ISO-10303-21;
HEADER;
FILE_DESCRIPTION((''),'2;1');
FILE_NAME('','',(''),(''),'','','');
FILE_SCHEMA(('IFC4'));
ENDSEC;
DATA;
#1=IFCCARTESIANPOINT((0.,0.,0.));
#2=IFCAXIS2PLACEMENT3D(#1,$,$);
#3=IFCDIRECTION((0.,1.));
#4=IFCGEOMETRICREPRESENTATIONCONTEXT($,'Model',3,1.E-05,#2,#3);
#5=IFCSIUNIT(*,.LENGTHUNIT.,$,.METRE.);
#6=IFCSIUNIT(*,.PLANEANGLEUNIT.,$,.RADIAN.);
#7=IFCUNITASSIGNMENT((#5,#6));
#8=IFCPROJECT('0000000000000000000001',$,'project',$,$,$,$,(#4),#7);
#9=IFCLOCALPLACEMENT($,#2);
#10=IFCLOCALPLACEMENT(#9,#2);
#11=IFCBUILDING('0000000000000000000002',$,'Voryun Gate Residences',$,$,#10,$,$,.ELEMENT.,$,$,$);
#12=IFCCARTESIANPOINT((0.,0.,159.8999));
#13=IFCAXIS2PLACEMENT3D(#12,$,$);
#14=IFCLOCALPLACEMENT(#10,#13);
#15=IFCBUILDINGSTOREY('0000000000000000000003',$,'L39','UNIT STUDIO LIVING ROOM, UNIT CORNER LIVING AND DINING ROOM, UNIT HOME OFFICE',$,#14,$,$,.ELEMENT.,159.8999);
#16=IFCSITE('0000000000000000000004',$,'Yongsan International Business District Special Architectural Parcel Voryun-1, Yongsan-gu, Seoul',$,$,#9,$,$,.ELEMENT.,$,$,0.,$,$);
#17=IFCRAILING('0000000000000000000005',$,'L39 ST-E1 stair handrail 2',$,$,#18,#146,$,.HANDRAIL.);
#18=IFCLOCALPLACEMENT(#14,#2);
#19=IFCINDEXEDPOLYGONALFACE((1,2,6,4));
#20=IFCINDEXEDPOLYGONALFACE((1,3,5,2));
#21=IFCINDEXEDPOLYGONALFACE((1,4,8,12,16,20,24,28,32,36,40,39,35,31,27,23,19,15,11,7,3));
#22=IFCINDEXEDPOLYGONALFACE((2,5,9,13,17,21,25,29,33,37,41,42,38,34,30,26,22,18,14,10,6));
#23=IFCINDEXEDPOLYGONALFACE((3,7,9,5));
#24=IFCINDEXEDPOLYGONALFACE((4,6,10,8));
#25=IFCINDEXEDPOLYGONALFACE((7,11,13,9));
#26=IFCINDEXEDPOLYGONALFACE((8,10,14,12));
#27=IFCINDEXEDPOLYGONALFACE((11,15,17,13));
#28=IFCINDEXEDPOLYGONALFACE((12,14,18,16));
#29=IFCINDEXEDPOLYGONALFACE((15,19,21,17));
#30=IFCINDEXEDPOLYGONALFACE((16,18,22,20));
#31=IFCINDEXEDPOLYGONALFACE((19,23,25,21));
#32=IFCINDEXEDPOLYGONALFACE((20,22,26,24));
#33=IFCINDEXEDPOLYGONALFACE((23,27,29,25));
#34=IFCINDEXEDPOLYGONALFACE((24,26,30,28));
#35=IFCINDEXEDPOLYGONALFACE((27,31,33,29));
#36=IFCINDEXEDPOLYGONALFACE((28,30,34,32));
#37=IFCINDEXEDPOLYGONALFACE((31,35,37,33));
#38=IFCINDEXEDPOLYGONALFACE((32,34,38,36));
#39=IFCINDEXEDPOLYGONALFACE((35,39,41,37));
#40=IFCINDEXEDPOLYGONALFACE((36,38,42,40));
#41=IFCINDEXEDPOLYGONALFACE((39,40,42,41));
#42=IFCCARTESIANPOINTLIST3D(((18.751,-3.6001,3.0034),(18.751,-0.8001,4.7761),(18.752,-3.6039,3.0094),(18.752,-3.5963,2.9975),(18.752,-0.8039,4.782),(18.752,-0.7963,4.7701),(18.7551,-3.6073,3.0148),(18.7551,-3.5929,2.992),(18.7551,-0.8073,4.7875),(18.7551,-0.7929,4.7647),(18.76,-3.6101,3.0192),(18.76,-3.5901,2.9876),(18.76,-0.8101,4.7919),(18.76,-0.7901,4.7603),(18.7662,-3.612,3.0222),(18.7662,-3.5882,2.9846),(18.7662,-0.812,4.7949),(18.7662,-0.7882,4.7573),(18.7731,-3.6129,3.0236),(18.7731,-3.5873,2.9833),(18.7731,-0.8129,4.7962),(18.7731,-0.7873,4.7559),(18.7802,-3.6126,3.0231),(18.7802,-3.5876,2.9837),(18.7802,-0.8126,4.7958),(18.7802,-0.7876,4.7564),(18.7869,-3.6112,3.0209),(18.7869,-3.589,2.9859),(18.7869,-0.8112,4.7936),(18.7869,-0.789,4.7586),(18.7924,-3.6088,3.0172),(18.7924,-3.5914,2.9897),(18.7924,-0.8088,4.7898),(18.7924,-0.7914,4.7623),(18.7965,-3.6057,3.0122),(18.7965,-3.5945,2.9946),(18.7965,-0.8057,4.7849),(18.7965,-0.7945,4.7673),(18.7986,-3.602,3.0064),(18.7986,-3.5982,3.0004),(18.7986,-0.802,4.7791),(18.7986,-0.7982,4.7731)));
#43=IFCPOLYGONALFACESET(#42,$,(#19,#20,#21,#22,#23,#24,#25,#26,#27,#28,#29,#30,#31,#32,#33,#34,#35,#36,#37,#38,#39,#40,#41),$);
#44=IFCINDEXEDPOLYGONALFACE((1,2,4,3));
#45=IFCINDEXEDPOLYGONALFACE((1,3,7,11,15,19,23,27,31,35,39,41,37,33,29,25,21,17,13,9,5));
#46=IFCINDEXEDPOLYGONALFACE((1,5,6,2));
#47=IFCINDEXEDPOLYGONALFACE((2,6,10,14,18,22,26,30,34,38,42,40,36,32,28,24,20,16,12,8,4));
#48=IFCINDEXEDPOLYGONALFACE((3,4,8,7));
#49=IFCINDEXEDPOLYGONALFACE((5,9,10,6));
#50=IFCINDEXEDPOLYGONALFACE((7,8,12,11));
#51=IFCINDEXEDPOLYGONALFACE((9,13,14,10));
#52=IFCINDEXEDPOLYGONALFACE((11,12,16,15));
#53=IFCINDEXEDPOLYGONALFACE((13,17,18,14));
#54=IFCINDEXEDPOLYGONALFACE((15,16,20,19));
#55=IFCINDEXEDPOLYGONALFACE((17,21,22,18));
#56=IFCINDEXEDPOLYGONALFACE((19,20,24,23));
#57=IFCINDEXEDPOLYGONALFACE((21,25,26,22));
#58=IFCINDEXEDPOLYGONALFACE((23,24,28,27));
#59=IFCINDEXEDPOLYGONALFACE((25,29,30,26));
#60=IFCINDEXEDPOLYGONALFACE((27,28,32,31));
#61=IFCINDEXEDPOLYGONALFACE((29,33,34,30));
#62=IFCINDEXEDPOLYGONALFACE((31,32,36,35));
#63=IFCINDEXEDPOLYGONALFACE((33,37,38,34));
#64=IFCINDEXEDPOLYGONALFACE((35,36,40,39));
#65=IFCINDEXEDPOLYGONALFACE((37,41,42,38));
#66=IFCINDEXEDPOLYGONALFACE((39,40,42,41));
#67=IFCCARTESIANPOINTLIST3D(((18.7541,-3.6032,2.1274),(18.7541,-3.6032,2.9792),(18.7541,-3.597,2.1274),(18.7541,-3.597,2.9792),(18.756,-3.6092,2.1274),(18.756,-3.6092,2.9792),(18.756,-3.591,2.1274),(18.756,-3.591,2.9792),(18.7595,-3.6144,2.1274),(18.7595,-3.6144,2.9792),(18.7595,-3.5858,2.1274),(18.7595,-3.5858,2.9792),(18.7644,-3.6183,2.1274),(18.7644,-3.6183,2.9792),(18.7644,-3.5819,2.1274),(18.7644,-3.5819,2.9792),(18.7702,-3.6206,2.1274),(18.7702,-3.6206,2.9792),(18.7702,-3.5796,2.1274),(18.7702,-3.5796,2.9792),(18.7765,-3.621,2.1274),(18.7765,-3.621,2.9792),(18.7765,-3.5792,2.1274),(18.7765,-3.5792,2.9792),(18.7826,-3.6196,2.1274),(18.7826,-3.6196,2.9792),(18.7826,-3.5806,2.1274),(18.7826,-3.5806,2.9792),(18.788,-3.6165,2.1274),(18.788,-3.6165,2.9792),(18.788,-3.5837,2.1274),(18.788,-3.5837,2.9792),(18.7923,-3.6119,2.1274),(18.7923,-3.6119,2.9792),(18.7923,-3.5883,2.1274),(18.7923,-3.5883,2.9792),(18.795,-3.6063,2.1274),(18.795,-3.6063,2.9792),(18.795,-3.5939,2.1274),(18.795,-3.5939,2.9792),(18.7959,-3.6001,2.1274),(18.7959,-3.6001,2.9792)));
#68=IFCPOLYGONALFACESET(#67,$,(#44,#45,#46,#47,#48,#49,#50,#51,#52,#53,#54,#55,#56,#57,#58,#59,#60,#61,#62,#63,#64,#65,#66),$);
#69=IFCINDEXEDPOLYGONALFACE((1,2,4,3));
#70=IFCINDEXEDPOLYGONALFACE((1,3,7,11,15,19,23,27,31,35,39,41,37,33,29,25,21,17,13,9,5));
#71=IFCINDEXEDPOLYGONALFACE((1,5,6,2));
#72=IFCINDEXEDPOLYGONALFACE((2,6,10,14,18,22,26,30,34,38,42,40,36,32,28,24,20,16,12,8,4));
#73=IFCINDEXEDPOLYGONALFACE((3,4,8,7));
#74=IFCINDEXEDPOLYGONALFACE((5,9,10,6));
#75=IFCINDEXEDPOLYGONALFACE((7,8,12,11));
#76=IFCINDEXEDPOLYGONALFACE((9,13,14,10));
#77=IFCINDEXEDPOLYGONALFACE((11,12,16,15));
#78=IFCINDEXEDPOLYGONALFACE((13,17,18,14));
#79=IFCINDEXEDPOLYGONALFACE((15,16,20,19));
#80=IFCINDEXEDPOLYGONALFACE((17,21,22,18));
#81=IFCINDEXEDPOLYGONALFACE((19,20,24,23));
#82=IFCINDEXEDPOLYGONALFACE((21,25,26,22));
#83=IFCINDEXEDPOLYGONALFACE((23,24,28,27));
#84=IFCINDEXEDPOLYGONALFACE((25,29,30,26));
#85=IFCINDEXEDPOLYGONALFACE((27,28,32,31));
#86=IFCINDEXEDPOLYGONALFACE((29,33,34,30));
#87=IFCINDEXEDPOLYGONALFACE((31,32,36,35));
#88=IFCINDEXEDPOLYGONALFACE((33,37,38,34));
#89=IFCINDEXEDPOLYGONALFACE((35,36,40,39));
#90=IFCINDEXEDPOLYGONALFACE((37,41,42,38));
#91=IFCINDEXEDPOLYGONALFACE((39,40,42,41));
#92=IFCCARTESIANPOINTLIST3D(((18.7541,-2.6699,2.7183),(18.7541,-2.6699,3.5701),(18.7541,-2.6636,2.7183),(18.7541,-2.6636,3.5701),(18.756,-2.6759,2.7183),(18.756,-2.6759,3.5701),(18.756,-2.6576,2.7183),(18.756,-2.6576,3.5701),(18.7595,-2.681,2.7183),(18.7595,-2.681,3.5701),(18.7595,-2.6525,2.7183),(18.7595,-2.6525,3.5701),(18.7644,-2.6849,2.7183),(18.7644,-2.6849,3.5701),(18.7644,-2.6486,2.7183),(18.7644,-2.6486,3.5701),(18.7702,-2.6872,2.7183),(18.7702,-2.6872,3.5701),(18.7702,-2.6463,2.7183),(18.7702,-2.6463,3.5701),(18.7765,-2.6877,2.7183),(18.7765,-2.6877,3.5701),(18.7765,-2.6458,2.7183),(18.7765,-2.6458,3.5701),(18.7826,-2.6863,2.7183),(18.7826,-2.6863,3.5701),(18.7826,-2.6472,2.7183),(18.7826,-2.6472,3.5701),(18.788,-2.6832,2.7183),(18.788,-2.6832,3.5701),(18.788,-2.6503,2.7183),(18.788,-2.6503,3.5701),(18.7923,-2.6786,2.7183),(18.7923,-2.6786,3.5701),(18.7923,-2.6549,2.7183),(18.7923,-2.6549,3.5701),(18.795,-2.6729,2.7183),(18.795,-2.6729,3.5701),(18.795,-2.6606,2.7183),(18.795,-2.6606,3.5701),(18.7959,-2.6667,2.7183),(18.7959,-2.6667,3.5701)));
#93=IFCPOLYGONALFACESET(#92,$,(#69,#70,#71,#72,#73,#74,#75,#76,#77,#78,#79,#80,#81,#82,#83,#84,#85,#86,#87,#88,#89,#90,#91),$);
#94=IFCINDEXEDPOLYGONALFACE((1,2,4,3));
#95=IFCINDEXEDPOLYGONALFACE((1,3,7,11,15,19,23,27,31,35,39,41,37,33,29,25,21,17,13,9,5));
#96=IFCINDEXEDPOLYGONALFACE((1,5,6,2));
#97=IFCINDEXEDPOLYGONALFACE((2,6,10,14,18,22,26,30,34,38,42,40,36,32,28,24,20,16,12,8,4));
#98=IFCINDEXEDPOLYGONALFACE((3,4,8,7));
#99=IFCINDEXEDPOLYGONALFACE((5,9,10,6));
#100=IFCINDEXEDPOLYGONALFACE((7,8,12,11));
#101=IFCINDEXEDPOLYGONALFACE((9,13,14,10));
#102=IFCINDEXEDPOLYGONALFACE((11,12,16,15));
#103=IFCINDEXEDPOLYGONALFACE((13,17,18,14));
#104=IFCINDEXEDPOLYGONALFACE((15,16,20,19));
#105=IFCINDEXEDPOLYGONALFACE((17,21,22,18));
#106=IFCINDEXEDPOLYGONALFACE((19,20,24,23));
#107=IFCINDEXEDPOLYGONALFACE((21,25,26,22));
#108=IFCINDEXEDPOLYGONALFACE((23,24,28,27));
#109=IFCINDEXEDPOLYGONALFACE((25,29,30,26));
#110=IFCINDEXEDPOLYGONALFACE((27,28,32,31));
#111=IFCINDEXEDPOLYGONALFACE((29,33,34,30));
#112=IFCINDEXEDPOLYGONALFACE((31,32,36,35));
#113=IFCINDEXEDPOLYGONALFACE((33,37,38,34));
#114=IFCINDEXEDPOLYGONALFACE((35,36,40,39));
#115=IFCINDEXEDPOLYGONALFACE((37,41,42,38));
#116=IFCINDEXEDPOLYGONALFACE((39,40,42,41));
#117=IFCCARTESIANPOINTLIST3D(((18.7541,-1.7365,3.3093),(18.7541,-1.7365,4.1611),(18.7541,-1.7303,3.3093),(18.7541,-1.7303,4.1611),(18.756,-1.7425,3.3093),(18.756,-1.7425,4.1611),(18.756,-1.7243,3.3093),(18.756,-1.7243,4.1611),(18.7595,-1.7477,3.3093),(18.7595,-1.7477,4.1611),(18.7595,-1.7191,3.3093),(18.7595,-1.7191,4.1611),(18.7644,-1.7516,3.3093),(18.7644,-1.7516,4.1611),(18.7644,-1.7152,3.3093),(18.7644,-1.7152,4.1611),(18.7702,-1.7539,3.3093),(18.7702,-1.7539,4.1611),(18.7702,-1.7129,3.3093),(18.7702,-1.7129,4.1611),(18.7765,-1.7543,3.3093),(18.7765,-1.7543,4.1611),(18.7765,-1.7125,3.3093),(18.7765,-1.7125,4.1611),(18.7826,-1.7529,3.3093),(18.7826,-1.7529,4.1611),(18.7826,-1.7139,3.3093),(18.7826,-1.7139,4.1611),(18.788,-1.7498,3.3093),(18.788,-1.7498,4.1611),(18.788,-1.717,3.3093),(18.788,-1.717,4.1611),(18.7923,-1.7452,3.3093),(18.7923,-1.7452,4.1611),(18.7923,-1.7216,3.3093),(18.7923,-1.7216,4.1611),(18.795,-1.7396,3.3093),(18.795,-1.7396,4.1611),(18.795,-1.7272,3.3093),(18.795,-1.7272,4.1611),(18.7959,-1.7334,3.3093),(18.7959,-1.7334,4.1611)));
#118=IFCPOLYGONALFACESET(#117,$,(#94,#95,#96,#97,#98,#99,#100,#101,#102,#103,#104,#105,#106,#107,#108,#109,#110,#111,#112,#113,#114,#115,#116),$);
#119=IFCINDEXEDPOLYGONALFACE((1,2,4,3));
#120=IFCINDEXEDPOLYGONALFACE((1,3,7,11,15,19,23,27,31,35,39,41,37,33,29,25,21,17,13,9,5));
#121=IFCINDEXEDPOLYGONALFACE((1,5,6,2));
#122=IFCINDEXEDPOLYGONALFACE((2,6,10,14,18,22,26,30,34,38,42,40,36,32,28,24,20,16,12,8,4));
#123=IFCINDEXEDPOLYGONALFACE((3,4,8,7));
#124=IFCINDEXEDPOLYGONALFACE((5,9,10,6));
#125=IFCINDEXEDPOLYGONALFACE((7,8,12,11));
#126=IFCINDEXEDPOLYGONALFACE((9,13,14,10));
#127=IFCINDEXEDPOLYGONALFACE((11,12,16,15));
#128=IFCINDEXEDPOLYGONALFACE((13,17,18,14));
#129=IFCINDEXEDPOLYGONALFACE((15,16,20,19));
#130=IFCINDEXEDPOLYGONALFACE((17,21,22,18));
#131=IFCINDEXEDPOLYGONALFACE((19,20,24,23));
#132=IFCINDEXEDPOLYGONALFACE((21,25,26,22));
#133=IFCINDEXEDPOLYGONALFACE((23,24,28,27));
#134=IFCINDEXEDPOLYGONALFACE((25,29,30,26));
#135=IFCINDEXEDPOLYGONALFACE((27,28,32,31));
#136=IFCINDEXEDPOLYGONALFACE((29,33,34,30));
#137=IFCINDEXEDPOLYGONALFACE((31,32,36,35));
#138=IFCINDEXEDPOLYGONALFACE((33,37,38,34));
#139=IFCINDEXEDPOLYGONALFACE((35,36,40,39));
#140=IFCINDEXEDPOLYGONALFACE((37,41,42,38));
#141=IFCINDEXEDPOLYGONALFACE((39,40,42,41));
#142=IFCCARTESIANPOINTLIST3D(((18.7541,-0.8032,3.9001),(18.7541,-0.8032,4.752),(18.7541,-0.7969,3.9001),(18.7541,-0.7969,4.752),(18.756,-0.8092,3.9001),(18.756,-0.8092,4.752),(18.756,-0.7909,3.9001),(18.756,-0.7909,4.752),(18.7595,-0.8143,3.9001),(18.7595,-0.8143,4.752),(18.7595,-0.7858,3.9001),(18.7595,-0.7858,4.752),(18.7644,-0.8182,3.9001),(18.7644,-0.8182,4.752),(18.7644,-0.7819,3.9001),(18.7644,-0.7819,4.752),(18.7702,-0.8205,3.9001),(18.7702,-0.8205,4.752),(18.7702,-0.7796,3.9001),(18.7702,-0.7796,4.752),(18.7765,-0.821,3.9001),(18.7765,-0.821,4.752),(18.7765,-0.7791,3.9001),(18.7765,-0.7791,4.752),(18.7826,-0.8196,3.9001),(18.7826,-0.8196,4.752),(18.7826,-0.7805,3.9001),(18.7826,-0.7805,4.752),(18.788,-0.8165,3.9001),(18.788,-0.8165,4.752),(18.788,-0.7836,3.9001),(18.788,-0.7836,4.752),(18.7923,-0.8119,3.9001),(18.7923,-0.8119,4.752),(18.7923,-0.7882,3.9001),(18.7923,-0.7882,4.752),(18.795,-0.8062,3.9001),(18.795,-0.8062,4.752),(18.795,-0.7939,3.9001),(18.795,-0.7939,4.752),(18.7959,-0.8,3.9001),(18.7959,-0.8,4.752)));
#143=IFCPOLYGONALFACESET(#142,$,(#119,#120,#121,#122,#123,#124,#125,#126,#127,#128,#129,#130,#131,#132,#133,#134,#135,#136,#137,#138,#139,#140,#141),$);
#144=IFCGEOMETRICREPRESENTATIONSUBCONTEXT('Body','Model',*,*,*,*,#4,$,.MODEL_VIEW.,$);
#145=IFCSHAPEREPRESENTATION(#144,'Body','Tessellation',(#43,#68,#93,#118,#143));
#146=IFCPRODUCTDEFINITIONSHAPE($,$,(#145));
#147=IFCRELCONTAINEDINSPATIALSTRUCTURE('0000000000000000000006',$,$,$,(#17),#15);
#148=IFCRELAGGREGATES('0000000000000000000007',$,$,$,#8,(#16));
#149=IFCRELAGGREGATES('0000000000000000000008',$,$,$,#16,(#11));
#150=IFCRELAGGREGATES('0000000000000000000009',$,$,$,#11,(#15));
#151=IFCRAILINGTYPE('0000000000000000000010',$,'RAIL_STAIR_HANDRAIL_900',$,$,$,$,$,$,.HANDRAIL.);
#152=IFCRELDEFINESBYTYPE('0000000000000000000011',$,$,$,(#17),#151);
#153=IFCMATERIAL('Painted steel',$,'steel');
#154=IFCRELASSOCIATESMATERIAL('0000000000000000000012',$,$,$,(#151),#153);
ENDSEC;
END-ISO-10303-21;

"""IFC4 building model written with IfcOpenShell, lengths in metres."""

from ifc_helpers import new_model, si_unit, direction, frame, origin, origin_2d, place, context, subcontext, project, spatial, circle, extrude, material, type_object, element, save


model = new_model("IFC4")

# Units and contexts
model_context = context("Model", 3, precision=1e-05, world=origin(), true_north=direction((0.0, 1.0)))
body_context = subcontext(model_context, "Body", "Model", "MODEL_VIEW")
ifc_project = project(units=[si_unit("LENGTHUNIT", "METRE"), si_unit("PLANEANGLEUNIT", "RADIAN")], contexts=[model_context])

# Site, building, storey
site_placement = place(None, origin())
site = spatial("IfcSite", under=ifc_project, at=site_placement, Name="Yongsan International Business District Special Architectural Parcel Voryun-1, Yongsan-gu, Seoul", CompositionType="ELEMENT", RefElevation=0.0)
building_placement = place(site_placement, origin())
building = spatial("IfcBuilding", under=site, at=building_placement, Name="Voryun Gate Residences", CompositionType="ELEMENT")
storey_placement = place(building_placement, frame((0.0, 0.0, 159.8999)))
storey = spatial("IfcBuildingStorey", under=building, at=storey_placement, Name="L39", Description="UNIT STUDIO LIVING ROOM, UNIT CORNER LIVING AND DINING ROOM, UNIT HOME OFFICE", CompositionType="ELEMENT", Elevation=159.8999)

# Railing
ifc_material_1 = material(Name="Painted steel", Category="steel")
railing_type_1 = type_object("IfcRailingType", Name="RAIL_STAIR_HANDRAIL_900", PredefinedType="HANDRAIL", material=ifc_material_1)
railing_1_placement = place(storey_placement, frame((18.7749, -3.6001, 2.1274)))
element("IfcRailing", 1, at=railing_1_placement, inside=storey, type_object=railing_type_1, Name="L39 ST-E1 stair handrail 2", PredefinedType="HANDRAIL", context=body_context, shape_type="SweptSolid", body=[
    extrude(circle(Radius=0.0239, at=origin_2d()), frame((0.0, 0.0, 0.876), z_axis=(0.0, 0.844909, 0.53491), x_axis=(-1.0, 0.0, 0.0)), (0.0, 0.0, 1.0), 3.314),
    extrude(circle(Radius=0.021, at=origin_2d()), origin(), (0.0, 0.0, 1.0), 0.8518),
    extrude(circle(Radius=0.021, at=origin_2d()), frame((0.0, 0.9333, 0.5908)), (0.0, 0.0, 1.0), 0.8518),
    extrude(circle(Radius=0.021, at=origin_2d()), frame((0.0, 1.8667, 1.1819)), (0.0, 0.0, 1.0), 0.8518),
    extrude(circle(Radius=0.021, at=origin_2d()), frame((0.0, 2.8, 1.7727)), (0.0, 0.0, 1.0), 0.8518),
])

save(model, "model.ifc")
